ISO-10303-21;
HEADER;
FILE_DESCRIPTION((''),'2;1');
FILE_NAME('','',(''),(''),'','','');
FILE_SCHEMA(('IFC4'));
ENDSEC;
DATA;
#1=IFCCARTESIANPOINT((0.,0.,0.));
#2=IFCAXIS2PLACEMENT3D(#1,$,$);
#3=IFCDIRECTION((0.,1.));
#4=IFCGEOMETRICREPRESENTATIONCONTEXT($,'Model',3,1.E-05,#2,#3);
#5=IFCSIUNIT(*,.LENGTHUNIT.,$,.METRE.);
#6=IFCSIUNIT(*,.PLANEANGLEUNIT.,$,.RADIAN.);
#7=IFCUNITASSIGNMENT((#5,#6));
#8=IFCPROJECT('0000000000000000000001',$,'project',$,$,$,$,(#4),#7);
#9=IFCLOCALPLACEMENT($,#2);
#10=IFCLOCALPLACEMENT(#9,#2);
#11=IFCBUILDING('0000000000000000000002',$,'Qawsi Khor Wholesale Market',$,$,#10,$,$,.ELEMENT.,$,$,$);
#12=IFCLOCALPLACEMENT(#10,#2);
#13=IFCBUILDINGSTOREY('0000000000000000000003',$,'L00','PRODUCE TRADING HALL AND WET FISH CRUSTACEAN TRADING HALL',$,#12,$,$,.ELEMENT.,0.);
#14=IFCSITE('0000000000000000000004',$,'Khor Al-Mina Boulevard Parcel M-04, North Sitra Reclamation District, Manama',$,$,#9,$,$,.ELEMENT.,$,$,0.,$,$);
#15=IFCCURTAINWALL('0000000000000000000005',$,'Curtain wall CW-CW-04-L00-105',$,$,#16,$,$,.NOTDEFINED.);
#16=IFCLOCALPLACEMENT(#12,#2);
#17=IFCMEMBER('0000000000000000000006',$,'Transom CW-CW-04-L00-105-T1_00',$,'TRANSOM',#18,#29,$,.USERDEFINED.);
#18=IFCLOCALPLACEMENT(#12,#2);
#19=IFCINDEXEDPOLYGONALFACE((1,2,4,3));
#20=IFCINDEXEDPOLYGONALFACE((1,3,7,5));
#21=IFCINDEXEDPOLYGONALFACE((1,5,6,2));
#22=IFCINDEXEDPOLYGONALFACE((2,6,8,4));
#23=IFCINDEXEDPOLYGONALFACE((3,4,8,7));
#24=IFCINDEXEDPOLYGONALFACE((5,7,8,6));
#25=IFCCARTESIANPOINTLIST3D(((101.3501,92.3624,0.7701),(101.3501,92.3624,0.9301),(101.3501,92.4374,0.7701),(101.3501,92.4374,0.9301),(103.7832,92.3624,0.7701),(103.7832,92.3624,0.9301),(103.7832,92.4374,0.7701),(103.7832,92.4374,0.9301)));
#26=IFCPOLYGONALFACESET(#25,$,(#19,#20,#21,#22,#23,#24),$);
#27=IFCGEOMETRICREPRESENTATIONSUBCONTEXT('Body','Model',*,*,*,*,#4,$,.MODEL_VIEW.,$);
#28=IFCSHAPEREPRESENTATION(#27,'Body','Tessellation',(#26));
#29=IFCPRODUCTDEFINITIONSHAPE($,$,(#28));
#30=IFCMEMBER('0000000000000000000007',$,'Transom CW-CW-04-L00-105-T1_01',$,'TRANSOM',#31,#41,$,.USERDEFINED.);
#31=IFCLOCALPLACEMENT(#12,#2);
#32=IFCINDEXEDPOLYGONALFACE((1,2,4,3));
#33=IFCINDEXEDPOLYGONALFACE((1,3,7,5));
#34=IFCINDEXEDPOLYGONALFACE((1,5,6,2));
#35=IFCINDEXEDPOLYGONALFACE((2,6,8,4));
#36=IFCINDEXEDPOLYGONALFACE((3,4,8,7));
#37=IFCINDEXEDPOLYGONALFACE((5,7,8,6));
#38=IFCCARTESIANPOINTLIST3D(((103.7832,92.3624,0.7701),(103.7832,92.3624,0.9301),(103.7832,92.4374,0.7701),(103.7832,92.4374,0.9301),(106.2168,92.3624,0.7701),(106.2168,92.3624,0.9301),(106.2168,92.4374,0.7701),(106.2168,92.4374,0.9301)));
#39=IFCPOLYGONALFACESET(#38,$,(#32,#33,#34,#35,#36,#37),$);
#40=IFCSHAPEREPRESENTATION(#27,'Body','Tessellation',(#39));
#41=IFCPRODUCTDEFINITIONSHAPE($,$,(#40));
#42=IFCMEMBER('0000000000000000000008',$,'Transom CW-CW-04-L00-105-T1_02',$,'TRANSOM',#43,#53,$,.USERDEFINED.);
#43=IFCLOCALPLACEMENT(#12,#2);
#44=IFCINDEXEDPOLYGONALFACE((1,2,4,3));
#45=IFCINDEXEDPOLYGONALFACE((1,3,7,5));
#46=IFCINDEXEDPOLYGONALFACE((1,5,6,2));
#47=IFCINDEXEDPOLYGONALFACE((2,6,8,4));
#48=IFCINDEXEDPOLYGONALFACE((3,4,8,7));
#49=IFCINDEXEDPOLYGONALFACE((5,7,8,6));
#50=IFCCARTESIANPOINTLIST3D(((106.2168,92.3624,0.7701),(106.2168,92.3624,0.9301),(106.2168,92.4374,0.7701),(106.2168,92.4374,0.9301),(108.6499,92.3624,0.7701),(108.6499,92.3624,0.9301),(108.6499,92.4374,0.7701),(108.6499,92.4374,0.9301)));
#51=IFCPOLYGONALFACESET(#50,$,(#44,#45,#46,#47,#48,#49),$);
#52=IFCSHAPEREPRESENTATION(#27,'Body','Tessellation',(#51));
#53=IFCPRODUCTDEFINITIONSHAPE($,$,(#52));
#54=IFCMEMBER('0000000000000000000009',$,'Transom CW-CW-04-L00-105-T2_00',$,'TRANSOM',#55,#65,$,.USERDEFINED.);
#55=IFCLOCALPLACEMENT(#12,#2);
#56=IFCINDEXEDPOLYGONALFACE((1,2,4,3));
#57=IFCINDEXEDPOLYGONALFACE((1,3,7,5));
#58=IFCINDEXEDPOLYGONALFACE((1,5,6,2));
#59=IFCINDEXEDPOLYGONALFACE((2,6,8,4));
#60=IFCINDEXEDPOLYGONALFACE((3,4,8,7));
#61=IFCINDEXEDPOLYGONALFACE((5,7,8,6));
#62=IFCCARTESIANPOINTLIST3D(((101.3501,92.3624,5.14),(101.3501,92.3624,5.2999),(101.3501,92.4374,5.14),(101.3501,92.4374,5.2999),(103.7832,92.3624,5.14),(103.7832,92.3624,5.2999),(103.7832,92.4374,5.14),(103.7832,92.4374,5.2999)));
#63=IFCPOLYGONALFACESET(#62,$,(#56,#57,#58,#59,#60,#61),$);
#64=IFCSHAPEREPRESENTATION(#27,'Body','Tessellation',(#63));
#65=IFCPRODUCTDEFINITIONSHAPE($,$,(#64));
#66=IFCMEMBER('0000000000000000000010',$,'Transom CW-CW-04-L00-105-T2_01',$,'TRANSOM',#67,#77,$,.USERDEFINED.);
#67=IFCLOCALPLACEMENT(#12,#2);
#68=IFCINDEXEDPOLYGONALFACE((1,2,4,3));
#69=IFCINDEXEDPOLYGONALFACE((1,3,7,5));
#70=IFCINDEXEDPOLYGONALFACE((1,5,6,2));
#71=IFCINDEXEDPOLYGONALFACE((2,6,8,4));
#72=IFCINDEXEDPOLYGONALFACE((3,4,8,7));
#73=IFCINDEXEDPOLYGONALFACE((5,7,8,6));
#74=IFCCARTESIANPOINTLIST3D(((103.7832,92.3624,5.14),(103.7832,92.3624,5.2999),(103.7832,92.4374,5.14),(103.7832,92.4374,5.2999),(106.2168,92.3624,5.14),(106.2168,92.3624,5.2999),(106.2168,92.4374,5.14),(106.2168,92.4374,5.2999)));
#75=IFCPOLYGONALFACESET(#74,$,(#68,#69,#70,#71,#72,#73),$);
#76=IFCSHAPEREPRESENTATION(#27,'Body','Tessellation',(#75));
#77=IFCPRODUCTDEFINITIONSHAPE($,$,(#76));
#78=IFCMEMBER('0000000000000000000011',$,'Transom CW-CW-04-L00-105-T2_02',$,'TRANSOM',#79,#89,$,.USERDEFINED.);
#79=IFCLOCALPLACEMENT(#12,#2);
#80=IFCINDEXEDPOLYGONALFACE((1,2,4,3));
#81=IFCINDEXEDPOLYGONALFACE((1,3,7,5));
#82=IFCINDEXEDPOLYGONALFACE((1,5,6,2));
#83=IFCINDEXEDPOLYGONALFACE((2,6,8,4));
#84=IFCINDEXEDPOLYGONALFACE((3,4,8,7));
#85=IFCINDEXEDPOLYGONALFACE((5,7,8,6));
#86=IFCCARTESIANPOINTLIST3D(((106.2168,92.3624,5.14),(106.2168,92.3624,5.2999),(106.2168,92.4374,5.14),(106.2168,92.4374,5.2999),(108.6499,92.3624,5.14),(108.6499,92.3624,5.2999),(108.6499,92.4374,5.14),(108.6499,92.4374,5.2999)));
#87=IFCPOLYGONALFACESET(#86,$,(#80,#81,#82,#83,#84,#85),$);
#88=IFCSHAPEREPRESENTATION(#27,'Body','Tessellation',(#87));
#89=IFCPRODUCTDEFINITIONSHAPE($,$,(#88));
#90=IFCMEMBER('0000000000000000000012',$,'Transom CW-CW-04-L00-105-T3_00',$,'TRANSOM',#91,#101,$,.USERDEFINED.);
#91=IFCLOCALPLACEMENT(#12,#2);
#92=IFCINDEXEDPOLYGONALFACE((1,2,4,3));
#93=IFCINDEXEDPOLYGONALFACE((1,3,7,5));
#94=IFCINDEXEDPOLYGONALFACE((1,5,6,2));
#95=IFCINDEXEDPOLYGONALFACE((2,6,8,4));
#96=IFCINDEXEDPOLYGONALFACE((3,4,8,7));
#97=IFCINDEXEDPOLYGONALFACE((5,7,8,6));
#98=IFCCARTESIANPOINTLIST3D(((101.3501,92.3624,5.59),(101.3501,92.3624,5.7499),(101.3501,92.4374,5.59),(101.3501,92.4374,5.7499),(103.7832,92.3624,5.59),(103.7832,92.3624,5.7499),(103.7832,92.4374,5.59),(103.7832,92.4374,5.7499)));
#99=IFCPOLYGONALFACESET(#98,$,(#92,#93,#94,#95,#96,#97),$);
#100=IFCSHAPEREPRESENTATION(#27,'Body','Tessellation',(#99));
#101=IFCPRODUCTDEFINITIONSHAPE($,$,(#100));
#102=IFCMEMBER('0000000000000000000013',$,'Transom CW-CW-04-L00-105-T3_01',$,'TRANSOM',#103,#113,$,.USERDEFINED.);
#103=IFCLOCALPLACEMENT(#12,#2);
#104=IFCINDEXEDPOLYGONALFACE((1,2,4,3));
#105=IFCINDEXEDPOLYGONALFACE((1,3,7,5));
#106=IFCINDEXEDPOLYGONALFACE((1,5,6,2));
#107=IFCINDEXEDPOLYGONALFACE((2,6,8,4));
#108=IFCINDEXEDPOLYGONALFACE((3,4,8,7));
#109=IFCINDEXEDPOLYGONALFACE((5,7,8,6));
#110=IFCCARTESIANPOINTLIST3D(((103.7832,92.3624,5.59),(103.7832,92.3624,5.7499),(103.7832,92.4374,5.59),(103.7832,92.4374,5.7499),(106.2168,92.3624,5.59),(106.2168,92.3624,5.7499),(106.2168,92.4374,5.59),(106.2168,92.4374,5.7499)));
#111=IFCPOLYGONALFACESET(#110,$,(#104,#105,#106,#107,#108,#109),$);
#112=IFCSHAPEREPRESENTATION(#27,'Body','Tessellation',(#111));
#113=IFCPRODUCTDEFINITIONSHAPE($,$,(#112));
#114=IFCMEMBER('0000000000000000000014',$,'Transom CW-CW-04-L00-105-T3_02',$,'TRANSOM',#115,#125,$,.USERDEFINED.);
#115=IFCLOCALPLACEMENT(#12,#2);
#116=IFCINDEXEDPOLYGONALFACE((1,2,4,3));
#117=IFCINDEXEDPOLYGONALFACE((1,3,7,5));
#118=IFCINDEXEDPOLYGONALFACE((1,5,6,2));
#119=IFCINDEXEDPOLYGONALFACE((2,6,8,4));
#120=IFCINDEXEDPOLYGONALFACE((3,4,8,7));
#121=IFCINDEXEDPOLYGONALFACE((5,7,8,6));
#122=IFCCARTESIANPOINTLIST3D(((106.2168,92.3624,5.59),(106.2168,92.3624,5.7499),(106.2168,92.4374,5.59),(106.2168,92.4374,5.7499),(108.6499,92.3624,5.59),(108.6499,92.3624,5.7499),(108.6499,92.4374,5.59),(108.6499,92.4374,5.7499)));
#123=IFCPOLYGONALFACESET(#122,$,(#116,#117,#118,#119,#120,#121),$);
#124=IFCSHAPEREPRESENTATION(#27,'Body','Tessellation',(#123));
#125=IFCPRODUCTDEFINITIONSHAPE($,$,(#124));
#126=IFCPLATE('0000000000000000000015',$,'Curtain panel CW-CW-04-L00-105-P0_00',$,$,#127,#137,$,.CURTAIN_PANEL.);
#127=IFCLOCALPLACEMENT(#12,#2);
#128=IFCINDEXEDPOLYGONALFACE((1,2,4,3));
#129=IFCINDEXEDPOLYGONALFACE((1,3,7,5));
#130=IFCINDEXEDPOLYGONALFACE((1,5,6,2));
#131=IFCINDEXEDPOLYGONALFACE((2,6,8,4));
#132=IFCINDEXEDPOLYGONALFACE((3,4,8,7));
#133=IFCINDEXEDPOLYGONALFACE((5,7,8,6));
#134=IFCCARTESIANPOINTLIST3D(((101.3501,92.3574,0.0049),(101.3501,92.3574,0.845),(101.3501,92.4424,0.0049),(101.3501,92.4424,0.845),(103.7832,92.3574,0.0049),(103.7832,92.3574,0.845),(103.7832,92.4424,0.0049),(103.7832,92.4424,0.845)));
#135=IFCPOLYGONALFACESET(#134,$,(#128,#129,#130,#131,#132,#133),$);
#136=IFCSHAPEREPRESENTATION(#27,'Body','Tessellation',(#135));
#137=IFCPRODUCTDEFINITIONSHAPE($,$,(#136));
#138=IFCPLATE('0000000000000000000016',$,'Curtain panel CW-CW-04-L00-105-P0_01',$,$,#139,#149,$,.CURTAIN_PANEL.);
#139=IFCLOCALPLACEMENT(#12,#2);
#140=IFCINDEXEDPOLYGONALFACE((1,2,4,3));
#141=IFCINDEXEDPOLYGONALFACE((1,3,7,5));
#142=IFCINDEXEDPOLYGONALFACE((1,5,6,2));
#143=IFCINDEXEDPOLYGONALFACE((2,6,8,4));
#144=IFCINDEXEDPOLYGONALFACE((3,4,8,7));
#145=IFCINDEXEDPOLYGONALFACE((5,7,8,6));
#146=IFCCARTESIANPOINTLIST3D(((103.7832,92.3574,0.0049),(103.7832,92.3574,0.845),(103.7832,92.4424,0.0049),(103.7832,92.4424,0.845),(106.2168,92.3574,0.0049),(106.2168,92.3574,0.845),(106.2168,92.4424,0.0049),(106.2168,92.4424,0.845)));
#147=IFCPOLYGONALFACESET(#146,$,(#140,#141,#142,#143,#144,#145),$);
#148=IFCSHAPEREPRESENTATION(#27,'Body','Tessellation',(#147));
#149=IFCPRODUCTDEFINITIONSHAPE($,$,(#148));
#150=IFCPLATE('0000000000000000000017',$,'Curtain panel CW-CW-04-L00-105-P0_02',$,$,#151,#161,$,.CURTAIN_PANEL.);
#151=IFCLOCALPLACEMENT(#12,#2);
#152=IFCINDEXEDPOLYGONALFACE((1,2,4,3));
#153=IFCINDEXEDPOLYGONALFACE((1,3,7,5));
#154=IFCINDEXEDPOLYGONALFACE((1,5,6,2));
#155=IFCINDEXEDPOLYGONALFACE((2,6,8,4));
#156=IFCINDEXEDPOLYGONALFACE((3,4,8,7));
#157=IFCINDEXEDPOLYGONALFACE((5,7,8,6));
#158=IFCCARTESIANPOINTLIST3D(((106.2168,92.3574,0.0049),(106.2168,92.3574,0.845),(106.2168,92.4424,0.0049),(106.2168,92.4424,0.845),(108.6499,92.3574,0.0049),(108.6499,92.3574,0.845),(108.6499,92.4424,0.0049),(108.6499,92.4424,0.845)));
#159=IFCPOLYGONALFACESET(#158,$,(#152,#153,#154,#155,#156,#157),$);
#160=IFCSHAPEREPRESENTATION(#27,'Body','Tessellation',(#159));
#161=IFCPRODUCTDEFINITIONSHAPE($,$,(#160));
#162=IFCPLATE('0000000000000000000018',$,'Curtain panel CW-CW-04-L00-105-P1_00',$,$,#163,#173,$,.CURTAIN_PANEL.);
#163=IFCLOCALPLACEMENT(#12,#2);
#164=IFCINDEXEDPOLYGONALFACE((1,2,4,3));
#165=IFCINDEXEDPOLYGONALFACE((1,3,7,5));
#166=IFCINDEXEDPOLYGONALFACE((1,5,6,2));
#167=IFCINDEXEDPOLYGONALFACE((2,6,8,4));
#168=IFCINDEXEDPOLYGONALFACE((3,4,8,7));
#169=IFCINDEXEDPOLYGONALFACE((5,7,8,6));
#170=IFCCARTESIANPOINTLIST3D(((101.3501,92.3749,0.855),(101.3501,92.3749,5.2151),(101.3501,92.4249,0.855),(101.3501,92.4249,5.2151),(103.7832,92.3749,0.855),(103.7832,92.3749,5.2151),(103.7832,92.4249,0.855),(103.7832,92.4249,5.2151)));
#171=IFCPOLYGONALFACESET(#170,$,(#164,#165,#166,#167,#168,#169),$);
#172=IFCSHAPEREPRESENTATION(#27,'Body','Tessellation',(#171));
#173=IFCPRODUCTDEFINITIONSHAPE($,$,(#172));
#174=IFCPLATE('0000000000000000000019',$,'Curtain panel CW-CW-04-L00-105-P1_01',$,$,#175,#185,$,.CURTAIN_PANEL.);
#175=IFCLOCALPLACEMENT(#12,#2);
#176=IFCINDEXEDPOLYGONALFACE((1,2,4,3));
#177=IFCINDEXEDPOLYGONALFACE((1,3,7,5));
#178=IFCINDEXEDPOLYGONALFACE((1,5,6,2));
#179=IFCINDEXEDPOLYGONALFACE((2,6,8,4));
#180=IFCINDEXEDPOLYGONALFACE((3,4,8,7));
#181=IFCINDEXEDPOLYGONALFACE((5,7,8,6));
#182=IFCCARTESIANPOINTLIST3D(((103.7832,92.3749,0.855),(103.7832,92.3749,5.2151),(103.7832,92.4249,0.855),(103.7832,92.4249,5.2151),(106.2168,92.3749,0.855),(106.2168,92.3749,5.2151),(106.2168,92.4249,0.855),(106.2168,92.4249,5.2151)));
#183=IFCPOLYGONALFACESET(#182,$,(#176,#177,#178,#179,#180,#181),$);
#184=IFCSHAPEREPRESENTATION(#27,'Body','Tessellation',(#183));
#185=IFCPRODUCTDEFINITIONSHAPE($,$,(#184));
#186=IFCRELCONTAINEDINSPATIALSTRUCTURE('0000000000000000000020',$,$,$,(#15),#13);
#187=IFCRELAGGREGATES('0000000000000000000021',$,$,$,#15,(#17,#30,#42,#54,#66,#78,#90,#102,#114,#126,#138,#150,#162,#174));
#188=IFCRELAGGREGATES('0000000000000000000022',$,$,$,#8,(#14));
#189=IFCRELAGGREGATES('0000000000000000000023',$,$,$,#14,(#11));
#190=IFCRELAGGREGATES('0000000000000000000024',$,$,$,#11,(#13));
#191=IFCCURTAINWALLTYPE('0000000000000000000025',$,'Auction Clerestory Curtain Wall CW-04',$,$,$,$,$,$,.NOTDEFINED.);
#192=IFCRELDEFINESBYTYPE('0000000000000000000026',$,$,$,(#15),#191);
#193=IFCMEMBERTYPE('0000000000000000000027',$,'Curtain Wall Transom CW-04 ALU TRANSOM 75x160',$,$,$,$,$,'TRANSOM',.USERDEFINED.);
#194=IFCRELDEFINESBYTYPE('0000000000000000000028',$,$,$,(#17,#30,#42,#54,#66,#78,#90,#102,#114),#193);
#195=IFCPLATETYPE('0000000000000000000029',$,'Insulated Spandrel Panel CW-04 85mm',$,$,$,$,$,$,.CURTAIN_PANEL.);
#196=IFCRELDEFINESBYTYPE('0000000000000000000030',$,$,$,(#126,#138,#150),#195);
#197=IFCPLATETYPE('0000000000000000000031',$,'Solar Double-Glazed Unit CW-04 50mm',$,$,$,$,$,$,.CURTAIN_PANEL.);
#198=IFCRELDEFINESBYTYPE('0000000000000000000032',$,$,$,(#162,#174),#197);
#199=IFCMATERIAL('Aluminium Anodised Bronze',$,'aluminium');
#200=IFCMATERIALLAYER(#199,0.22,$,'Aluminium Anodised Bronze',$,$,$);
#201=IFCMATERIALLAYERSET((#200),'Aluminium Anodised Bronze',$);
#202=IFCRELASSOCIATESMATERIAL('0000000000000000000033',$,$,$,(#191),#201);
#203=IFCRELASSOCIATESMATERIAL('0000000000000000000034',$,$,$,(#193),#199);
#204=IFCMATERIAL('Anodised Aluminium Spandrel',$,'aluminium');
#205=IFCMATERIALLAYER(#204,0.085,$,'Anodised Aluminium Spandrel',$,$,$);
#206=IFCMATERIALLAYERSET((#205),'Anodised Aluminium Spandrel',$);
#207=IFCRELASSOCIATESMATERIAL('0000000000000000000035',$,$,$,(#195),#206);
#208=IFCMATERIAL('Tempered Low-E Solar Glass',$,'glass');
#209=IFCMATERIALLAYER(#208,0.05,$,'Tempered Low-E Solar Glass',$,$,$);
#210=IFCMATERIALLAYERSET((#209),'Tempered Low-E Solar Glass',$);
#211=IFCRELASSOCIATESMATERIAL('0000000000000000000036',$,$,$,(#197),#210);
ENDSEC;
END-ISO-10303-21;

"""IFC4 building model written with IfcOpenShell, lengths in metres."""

from ifc_helpers import new_model, si_unit, direction, frame, frame_2d, origin, origin_2d, place, context, subcontext, project, spatial, rectangle, extrude, material, layer, layer_set, material_profile, profile_set, type_object, element, aggregate, save


model = new_model("IFC4")

# Units and contexts
model_context = context("Model", 3, precision=1e-05, world=origin(), true_north=direction((0.0, 1.0)))
body_context = subcontext(model_context, "Body", "Model", "MODEL_VIEW")
ifc_project = project(units=[si_unit("LENGTHUNIT", "METRE"), si_unit("PLANEANGLEUNIT", "RADIAN")], contexts=[model_context])

# Site, building, storey
site_placement = place(None, origin())
site = spatial("IfcSite", under=ifc_project, at=site_placement, Name="Khor Al-Mina Boulevard Parcel M-04, North Sitra Reclamation District, Manama", CompositionType="ELEMENT", RefElevation=0.0)
building_placement = place(site_placement, origin())
building = spatial("IfcBuilding", under=site, at=building_placement, Name="Qawsi Khor Wholesale Market", CompositionType="ELEMENT")
storey_placement = place(building_placement, origin())
storey = spatial("IfcBuildingStorey", under=building, at=storey_placement, Name="L00", Description="PRODUCE TRADING HALL AND WET FISH CRUSTACEAN TRADING HALL", CompositionType="ELEMENT", Elevation=0.0)

# Shared definitions
ifc_material_1 = material(Name="Aluminium Anodised Bronze", Category="aluminium")
ifc_layer_1 = layer(ifc_material_1, 0.22, Name="Aluminium Anodised Bronze")
ifc_layer_set_1 = layer_set([ifc_layer_1], Name="Aluminium Anodised Bronze")
curtain_wall_type = type_object("IfcCurtainWallType", Name="Auction Clerestory Curtain Wall CW-04", PredefinedType="NOTDEFINED", material=ifc_layer_set_1)

# Curtain wall, members, plates
curtain_wall_1_placement = place(storey_placement, origin())
curtain_wall_1 = element("IfcCurtainWall", 1, at=curtain_wall_1_placement, inside=storey, type_object=curtain_wall_type, Name="Curtain wall CW-CW-04-L00-105", PredefinedType="NOTDEFINED")
ifc_material_profile_1 = material_profile(ifc_material_1, rectangle(XDim=0.075, YDim=0.1599, at=origin_2d()), Name="ALU TRANSOM 75x160")
ifc_profile_set_1 = profile_set([ifc_material_profile_1], Name="Aluminium Anodised Bronze")
member_type_1 = type_object("IfcMemberType", Name="Curtain Wall Transom CW-04 ALU TRANSOM 75x160", ElementType="TRANSOM", PredefinedType="USERDEFINED", material=ifc_profile_set_1)
member_1_placement = place(storey_placement, frame((101.3501, 92.3999, 0.8501), z_axis=(1.0, 0.0, 0.0), x_axis=(0.0, 1.0, 0.0)))
member_1 = element("IfcMember", 2, at=member_1_placement, type_object=member_type_1, Name="Transom CW-CW-04-L00-105-T1_00", ObjectType="TRANSOM", PredefinedType="USERDEFINED", context=body_context, shape_type="SweptSolid", body=[
    extrude(rectangle(XDim=0.075, YDim=0.1599, at=origin_2d()), origin(), (0.0, 0.0, 1.0), 2.4331),
])
member_2_placement = place(storey_placement, frame((103.7832, 92.3999, 0.8501), z_axis=(1.0, 0.0, 0.0), x_axis=(0.0, 1.0, 0.0)))
member_2 = element("IfcMember", 3, at=member_2_placement, type_object=member_type_1, Name="Transom CW-CW-04-L00-105-T1_01", ObjectType="TRANSOM", PredefinedType="USERDEFINED", context=body_context, shape_type="SweptSolid", body=[
    extrude(rectangle(XDim=0.075, YDim=0.1599, at=origin_2d()), origin(), (0.0, 0.0, 1.0), 2.4336),
])
member_3_placement = place(storey_placement, frame((106.2168, 92.3999, 0.8501), z_axis=(1.0, 0.0, 0.0), x_axis=(0.0, 1.0, 0.0)))
member_3 = element("IfcMember", 4, at=member_3_placement, type_object=member_type_1, Name="Transom CW-CW-04-L00-105-T1_02", ObjectType="TRANSOM", PredefinedType="USERDEFINED", context=body_context, shape_type="SweptSolid", body=[
    extrude(rectangle(XDim=0.075, YDim=0.1599, at=origin_2d()), origin(), (0.0, 0.0, 1.0), 2.4331),
])
member_4_placement = place(storey_placement, frame((101.3501, 92.3999, 5.22), z_axis=(1.0, 0.0, 0.0), x_axis=(0.0, 1.0, 0.0)))
member_4 = element("IfcMember", 5, at=member_4_placement, type_object=member_type_1, Name="Transom CW-CW-04-L00-105-T2_00", ObjectType="TRANSOM", PredefinedType="USERDEFINED", context=body_context, shape_type="SweptSolid", body=[
    extrude(rectangle(XDim=0.075, YDim=0.1599, at=origin_2d()), origin(), (0.0, 0.0, 1.0), 2.4331),
])
member_5_placement = place(storey_placement, frame((103.7832, 92.3999, 5.22), z_axis=(1.0, 0.0, 0.0), x_axis=(0.0, 1.0, 0.0)))
member_5 = element("IfcMember", 6, at=member_5_placement, type_object=member_type_1, Name="Transom CW-CW-04-L00-105-T2_01", ObjectType="TRANSOM", PredefinedType="USERDEFINED", context=body_context, shape_type="SweptSolid", body=[
    extrude(rectangle(XDim=0.075, YDim=0.1599, at=origin_2d()), origin(), (0.0, 0.0, 1.0), 2.4336),
])
member_6_placement = place(storey_placement, frame((106.2168, 92.3999, 5.22), z_axis=(1.0, 0.0, 0.0), x_axis=(0.0, 1.0, 0.0)))
member_6 = element("IfcMember", 7, at=member_6_placement, type_object=member_type_1, Name="Transom CW-CW-04-L00-105-T2_02", ObjectType="TRANSOM", PredefinedType="USERDEFINED", context=body_context, shape_type="SweptSolid", body=[
    extrude(rectangle(XDim=0.075, YDim=0.1599, at=origin_2d()), origin(), (0.0, 0.0, 1.0), 2.4331),
])
member_7_placement = place(storey_placement, frame((101.3501, 92.3999, 5.6699), z_axis=(1.0, 0.0, 0.0), x_axis=(0.0, 1.0, 0.0)))
member_7 = element("IfcMember", 8, at=member_7_placement, type_object=member_type_1, Name="Transom CW-CW-04-L00-105-T3_00", ObjectType="TRANSOM", PredefinedType="USERDEFINED", context=body_context, shape_type="SweptSolid", body=[
    extrude(rectangle(XDim=0.075, YDim=0.1599, at=origin_2d()), origin(), (0.0, 0.0, 1.0), 2.4331),
])
member_8_placement = place(storey_placement, frame((103.7832, 92.3999, 5.6699), z_axis=(1.0, 0.0, 0.0), x_axis=(0.0, 1.0, 0.0)))
member_8 = element("IfcMember", 9, at=member_8_placement, type_object=member_type_1, Name="Transom CW-CW-04-L00-105-T3_01", ObjectType="TRANSOM", PredefinedType="USERDEFINED", context=body_context, shape_type="SweptSolid", body=[
    extrude(rectangle(XDim=0.075, YDim=0.1599, at=origin_2d()), origin(), (0.0, 0.0, 1.0), 2.4336),
])
member_9_placement = place(storey_placement, frame((106.2168, 92.3999, 5.6699), z_axis=(1.0, 0.0, 0.0), x_axis=(0.0, 1.0, 0.0)))
member_9 = element("IfcMember", 10, at=member_9_placement, type_object=member_type_1, Name="Transom CW-CW-04-L00-105-T3_02", ObjectType="TRANSOM", PredefinedType="USERDEFINED", context=body_context, shape_type="SweptSolid", body=[
    extrude(rectangle(XDim=0.075, YDim=0.1599, at=origin_2d()), origin(), (0.0, 0.0, 1.0), 2.4331),
])
ifc_material_2 = material(Name="Anodised Aluminium Spandrel", Category="aluminium")
ifc_layer_2 = layer(ifc_material_2, 0.085, Name="Anodised Aluminium Spandrel")
ifc_layer_set_2 = layer_set([ifc_layer_2], Name="Anodised Aluminium Spandrel")
plate_type_1 = type_object("IfcPlateType", Name="Insulated Spandrel Panel CW-04 85mm", PredefinedType="CURTAIN_PANEL", material=ifc_layer_set_2)
plate_1_placement = place(storey_placement, frame((101.3501, 92.3999, 0.0049), z_axis=(0.0, 0.0, 1.0), x_axis=(1.0, 0.0, 0.0)))
plate_1 = element("IfcPlate", 11, at=plate_1_placement, type_object=plate_type_1, Name="Curtain panel CW-CW-04-L00-105-P0_00", PredefinedType="CURTAIN_PANEL", context=body_context, shape_type="SweptSolid", body=[
    extrude(rectangle(XDim=2.4331, YDim=0.085, at=frame_2d((1.2166, 0.0))), origin(), (0.0, 0.0, 1.0), 0.8401),
])
plate_2_placement = place(storey_placement, frame((103.7832, 92.3999, 0.0049), z_axis=(0.0, 0.0, 1.0), x_axis=(1.0, 0.0, 0.0)))
plate_2 = element("IfcPlate", 12, at=plate_2_placement, type_object=plate_type_1, Name="Curtain panel CW-CW-04-L00-105-P0_01", PredefinedType="CURTAIN_PANEL", context=body_context, shape_type="SweptSolid", body=[
    extrude(rectangle(XDim=2.4336, YDim=0.085, at=frame_2d((1.2168, 0.0))), origin(), (0.0, 0.0, 1.0), 0.8401),
])
plate_3_placement = place(storey_placement, frame((106.2168, 92.3999, 0.0049), z_axis=(0.0, 0.0, 1.0), x_axis=(1.0, 0.0, 0.0)))
plate_3 = element("IfcPlate", 13, at=plate_3_placement, type_object=plate_type_1, Name="Curtain panel CW-CW-04-L00-105-P0_02", PredefinedType="CURTAIN_PANEL", context=body_context, shape_type="SweptSolid", body=[
    extrude(rectangle(XDim=2.4331, YDim=0.085, at=frame_2d((1.2166, 0.0))), origin(), (0.0, 0.0, 1.0), 0.8401),
])
ifc_material_3 = material(Name="Tempered Low-E Solar Glass", Category="glass")
ifc_layer_3 = layer(ifc_material_3, 0.05, Name="Tempered Low-E Solar Glass")
ifc_layer_set_3 = layer_set([ifc_layer_3], Name="Tempered Low-E Solar Glass")
plate_type_2 = type_object("IfcPlateType", Name="Solar Double-Glazed Unit CW-04 50mm", PredefinedType="CURTAIN_PANEL", material=ifc_layer_set_3)
plate_4_placement = place(storey_placement, frame((101.3501, 92.3999, 0.855), z_axis=(0.0, 0.0, 1.0), x_axis=(1.0, 0.0, 0.0)))
plate_4 = element("IfcPlate", 14, at=plate_4_placement, type_object=plate_type_2, Name="Curtain panel CW-CW-04-L00-105-P1_00", PredefinedType="CURTAIN_PANEL", context=body_context, shape_type="SweptSolid", body=[
    extrude(rectangle(XDim=2.4331, YDim=0.05, at=frame_2d((1.2166, 0.0))), origin(), (0.0, 0.0, 1.0), 4.3601),
])
plate_5_placement = place(storey_placement, frame((103.7832, 92.3999, 0.855), z_axis=(0.0, 0.0, 1.0), x_axis=(1.0, 0.0, 0.0)))
plate_5 = element("IfcPlate", 15, at=plate_5_placement, type_object=plate_type_2, Name="Curtain panel CW-CW-04-L00-105-P1_01", PredefinedType="CURTAIN_PANEL", context=body_context, shape_type="SweptSolid", body=[
    extrude(rectangle(XDim=2.4336, YDim=0.05, at=frame_2d((1.2168, 0.0))), origin(), (0.0, 0.0, 1.0), 4.3601),
])
aggregate(curtain_wall_1, [member_1, member_2, member_3, member_4, member_5, member_6, member_7, member_8, member_9, plate_1, plate_2, plate_3, plate_4, plate_5])

save(model, "model.ifc")
